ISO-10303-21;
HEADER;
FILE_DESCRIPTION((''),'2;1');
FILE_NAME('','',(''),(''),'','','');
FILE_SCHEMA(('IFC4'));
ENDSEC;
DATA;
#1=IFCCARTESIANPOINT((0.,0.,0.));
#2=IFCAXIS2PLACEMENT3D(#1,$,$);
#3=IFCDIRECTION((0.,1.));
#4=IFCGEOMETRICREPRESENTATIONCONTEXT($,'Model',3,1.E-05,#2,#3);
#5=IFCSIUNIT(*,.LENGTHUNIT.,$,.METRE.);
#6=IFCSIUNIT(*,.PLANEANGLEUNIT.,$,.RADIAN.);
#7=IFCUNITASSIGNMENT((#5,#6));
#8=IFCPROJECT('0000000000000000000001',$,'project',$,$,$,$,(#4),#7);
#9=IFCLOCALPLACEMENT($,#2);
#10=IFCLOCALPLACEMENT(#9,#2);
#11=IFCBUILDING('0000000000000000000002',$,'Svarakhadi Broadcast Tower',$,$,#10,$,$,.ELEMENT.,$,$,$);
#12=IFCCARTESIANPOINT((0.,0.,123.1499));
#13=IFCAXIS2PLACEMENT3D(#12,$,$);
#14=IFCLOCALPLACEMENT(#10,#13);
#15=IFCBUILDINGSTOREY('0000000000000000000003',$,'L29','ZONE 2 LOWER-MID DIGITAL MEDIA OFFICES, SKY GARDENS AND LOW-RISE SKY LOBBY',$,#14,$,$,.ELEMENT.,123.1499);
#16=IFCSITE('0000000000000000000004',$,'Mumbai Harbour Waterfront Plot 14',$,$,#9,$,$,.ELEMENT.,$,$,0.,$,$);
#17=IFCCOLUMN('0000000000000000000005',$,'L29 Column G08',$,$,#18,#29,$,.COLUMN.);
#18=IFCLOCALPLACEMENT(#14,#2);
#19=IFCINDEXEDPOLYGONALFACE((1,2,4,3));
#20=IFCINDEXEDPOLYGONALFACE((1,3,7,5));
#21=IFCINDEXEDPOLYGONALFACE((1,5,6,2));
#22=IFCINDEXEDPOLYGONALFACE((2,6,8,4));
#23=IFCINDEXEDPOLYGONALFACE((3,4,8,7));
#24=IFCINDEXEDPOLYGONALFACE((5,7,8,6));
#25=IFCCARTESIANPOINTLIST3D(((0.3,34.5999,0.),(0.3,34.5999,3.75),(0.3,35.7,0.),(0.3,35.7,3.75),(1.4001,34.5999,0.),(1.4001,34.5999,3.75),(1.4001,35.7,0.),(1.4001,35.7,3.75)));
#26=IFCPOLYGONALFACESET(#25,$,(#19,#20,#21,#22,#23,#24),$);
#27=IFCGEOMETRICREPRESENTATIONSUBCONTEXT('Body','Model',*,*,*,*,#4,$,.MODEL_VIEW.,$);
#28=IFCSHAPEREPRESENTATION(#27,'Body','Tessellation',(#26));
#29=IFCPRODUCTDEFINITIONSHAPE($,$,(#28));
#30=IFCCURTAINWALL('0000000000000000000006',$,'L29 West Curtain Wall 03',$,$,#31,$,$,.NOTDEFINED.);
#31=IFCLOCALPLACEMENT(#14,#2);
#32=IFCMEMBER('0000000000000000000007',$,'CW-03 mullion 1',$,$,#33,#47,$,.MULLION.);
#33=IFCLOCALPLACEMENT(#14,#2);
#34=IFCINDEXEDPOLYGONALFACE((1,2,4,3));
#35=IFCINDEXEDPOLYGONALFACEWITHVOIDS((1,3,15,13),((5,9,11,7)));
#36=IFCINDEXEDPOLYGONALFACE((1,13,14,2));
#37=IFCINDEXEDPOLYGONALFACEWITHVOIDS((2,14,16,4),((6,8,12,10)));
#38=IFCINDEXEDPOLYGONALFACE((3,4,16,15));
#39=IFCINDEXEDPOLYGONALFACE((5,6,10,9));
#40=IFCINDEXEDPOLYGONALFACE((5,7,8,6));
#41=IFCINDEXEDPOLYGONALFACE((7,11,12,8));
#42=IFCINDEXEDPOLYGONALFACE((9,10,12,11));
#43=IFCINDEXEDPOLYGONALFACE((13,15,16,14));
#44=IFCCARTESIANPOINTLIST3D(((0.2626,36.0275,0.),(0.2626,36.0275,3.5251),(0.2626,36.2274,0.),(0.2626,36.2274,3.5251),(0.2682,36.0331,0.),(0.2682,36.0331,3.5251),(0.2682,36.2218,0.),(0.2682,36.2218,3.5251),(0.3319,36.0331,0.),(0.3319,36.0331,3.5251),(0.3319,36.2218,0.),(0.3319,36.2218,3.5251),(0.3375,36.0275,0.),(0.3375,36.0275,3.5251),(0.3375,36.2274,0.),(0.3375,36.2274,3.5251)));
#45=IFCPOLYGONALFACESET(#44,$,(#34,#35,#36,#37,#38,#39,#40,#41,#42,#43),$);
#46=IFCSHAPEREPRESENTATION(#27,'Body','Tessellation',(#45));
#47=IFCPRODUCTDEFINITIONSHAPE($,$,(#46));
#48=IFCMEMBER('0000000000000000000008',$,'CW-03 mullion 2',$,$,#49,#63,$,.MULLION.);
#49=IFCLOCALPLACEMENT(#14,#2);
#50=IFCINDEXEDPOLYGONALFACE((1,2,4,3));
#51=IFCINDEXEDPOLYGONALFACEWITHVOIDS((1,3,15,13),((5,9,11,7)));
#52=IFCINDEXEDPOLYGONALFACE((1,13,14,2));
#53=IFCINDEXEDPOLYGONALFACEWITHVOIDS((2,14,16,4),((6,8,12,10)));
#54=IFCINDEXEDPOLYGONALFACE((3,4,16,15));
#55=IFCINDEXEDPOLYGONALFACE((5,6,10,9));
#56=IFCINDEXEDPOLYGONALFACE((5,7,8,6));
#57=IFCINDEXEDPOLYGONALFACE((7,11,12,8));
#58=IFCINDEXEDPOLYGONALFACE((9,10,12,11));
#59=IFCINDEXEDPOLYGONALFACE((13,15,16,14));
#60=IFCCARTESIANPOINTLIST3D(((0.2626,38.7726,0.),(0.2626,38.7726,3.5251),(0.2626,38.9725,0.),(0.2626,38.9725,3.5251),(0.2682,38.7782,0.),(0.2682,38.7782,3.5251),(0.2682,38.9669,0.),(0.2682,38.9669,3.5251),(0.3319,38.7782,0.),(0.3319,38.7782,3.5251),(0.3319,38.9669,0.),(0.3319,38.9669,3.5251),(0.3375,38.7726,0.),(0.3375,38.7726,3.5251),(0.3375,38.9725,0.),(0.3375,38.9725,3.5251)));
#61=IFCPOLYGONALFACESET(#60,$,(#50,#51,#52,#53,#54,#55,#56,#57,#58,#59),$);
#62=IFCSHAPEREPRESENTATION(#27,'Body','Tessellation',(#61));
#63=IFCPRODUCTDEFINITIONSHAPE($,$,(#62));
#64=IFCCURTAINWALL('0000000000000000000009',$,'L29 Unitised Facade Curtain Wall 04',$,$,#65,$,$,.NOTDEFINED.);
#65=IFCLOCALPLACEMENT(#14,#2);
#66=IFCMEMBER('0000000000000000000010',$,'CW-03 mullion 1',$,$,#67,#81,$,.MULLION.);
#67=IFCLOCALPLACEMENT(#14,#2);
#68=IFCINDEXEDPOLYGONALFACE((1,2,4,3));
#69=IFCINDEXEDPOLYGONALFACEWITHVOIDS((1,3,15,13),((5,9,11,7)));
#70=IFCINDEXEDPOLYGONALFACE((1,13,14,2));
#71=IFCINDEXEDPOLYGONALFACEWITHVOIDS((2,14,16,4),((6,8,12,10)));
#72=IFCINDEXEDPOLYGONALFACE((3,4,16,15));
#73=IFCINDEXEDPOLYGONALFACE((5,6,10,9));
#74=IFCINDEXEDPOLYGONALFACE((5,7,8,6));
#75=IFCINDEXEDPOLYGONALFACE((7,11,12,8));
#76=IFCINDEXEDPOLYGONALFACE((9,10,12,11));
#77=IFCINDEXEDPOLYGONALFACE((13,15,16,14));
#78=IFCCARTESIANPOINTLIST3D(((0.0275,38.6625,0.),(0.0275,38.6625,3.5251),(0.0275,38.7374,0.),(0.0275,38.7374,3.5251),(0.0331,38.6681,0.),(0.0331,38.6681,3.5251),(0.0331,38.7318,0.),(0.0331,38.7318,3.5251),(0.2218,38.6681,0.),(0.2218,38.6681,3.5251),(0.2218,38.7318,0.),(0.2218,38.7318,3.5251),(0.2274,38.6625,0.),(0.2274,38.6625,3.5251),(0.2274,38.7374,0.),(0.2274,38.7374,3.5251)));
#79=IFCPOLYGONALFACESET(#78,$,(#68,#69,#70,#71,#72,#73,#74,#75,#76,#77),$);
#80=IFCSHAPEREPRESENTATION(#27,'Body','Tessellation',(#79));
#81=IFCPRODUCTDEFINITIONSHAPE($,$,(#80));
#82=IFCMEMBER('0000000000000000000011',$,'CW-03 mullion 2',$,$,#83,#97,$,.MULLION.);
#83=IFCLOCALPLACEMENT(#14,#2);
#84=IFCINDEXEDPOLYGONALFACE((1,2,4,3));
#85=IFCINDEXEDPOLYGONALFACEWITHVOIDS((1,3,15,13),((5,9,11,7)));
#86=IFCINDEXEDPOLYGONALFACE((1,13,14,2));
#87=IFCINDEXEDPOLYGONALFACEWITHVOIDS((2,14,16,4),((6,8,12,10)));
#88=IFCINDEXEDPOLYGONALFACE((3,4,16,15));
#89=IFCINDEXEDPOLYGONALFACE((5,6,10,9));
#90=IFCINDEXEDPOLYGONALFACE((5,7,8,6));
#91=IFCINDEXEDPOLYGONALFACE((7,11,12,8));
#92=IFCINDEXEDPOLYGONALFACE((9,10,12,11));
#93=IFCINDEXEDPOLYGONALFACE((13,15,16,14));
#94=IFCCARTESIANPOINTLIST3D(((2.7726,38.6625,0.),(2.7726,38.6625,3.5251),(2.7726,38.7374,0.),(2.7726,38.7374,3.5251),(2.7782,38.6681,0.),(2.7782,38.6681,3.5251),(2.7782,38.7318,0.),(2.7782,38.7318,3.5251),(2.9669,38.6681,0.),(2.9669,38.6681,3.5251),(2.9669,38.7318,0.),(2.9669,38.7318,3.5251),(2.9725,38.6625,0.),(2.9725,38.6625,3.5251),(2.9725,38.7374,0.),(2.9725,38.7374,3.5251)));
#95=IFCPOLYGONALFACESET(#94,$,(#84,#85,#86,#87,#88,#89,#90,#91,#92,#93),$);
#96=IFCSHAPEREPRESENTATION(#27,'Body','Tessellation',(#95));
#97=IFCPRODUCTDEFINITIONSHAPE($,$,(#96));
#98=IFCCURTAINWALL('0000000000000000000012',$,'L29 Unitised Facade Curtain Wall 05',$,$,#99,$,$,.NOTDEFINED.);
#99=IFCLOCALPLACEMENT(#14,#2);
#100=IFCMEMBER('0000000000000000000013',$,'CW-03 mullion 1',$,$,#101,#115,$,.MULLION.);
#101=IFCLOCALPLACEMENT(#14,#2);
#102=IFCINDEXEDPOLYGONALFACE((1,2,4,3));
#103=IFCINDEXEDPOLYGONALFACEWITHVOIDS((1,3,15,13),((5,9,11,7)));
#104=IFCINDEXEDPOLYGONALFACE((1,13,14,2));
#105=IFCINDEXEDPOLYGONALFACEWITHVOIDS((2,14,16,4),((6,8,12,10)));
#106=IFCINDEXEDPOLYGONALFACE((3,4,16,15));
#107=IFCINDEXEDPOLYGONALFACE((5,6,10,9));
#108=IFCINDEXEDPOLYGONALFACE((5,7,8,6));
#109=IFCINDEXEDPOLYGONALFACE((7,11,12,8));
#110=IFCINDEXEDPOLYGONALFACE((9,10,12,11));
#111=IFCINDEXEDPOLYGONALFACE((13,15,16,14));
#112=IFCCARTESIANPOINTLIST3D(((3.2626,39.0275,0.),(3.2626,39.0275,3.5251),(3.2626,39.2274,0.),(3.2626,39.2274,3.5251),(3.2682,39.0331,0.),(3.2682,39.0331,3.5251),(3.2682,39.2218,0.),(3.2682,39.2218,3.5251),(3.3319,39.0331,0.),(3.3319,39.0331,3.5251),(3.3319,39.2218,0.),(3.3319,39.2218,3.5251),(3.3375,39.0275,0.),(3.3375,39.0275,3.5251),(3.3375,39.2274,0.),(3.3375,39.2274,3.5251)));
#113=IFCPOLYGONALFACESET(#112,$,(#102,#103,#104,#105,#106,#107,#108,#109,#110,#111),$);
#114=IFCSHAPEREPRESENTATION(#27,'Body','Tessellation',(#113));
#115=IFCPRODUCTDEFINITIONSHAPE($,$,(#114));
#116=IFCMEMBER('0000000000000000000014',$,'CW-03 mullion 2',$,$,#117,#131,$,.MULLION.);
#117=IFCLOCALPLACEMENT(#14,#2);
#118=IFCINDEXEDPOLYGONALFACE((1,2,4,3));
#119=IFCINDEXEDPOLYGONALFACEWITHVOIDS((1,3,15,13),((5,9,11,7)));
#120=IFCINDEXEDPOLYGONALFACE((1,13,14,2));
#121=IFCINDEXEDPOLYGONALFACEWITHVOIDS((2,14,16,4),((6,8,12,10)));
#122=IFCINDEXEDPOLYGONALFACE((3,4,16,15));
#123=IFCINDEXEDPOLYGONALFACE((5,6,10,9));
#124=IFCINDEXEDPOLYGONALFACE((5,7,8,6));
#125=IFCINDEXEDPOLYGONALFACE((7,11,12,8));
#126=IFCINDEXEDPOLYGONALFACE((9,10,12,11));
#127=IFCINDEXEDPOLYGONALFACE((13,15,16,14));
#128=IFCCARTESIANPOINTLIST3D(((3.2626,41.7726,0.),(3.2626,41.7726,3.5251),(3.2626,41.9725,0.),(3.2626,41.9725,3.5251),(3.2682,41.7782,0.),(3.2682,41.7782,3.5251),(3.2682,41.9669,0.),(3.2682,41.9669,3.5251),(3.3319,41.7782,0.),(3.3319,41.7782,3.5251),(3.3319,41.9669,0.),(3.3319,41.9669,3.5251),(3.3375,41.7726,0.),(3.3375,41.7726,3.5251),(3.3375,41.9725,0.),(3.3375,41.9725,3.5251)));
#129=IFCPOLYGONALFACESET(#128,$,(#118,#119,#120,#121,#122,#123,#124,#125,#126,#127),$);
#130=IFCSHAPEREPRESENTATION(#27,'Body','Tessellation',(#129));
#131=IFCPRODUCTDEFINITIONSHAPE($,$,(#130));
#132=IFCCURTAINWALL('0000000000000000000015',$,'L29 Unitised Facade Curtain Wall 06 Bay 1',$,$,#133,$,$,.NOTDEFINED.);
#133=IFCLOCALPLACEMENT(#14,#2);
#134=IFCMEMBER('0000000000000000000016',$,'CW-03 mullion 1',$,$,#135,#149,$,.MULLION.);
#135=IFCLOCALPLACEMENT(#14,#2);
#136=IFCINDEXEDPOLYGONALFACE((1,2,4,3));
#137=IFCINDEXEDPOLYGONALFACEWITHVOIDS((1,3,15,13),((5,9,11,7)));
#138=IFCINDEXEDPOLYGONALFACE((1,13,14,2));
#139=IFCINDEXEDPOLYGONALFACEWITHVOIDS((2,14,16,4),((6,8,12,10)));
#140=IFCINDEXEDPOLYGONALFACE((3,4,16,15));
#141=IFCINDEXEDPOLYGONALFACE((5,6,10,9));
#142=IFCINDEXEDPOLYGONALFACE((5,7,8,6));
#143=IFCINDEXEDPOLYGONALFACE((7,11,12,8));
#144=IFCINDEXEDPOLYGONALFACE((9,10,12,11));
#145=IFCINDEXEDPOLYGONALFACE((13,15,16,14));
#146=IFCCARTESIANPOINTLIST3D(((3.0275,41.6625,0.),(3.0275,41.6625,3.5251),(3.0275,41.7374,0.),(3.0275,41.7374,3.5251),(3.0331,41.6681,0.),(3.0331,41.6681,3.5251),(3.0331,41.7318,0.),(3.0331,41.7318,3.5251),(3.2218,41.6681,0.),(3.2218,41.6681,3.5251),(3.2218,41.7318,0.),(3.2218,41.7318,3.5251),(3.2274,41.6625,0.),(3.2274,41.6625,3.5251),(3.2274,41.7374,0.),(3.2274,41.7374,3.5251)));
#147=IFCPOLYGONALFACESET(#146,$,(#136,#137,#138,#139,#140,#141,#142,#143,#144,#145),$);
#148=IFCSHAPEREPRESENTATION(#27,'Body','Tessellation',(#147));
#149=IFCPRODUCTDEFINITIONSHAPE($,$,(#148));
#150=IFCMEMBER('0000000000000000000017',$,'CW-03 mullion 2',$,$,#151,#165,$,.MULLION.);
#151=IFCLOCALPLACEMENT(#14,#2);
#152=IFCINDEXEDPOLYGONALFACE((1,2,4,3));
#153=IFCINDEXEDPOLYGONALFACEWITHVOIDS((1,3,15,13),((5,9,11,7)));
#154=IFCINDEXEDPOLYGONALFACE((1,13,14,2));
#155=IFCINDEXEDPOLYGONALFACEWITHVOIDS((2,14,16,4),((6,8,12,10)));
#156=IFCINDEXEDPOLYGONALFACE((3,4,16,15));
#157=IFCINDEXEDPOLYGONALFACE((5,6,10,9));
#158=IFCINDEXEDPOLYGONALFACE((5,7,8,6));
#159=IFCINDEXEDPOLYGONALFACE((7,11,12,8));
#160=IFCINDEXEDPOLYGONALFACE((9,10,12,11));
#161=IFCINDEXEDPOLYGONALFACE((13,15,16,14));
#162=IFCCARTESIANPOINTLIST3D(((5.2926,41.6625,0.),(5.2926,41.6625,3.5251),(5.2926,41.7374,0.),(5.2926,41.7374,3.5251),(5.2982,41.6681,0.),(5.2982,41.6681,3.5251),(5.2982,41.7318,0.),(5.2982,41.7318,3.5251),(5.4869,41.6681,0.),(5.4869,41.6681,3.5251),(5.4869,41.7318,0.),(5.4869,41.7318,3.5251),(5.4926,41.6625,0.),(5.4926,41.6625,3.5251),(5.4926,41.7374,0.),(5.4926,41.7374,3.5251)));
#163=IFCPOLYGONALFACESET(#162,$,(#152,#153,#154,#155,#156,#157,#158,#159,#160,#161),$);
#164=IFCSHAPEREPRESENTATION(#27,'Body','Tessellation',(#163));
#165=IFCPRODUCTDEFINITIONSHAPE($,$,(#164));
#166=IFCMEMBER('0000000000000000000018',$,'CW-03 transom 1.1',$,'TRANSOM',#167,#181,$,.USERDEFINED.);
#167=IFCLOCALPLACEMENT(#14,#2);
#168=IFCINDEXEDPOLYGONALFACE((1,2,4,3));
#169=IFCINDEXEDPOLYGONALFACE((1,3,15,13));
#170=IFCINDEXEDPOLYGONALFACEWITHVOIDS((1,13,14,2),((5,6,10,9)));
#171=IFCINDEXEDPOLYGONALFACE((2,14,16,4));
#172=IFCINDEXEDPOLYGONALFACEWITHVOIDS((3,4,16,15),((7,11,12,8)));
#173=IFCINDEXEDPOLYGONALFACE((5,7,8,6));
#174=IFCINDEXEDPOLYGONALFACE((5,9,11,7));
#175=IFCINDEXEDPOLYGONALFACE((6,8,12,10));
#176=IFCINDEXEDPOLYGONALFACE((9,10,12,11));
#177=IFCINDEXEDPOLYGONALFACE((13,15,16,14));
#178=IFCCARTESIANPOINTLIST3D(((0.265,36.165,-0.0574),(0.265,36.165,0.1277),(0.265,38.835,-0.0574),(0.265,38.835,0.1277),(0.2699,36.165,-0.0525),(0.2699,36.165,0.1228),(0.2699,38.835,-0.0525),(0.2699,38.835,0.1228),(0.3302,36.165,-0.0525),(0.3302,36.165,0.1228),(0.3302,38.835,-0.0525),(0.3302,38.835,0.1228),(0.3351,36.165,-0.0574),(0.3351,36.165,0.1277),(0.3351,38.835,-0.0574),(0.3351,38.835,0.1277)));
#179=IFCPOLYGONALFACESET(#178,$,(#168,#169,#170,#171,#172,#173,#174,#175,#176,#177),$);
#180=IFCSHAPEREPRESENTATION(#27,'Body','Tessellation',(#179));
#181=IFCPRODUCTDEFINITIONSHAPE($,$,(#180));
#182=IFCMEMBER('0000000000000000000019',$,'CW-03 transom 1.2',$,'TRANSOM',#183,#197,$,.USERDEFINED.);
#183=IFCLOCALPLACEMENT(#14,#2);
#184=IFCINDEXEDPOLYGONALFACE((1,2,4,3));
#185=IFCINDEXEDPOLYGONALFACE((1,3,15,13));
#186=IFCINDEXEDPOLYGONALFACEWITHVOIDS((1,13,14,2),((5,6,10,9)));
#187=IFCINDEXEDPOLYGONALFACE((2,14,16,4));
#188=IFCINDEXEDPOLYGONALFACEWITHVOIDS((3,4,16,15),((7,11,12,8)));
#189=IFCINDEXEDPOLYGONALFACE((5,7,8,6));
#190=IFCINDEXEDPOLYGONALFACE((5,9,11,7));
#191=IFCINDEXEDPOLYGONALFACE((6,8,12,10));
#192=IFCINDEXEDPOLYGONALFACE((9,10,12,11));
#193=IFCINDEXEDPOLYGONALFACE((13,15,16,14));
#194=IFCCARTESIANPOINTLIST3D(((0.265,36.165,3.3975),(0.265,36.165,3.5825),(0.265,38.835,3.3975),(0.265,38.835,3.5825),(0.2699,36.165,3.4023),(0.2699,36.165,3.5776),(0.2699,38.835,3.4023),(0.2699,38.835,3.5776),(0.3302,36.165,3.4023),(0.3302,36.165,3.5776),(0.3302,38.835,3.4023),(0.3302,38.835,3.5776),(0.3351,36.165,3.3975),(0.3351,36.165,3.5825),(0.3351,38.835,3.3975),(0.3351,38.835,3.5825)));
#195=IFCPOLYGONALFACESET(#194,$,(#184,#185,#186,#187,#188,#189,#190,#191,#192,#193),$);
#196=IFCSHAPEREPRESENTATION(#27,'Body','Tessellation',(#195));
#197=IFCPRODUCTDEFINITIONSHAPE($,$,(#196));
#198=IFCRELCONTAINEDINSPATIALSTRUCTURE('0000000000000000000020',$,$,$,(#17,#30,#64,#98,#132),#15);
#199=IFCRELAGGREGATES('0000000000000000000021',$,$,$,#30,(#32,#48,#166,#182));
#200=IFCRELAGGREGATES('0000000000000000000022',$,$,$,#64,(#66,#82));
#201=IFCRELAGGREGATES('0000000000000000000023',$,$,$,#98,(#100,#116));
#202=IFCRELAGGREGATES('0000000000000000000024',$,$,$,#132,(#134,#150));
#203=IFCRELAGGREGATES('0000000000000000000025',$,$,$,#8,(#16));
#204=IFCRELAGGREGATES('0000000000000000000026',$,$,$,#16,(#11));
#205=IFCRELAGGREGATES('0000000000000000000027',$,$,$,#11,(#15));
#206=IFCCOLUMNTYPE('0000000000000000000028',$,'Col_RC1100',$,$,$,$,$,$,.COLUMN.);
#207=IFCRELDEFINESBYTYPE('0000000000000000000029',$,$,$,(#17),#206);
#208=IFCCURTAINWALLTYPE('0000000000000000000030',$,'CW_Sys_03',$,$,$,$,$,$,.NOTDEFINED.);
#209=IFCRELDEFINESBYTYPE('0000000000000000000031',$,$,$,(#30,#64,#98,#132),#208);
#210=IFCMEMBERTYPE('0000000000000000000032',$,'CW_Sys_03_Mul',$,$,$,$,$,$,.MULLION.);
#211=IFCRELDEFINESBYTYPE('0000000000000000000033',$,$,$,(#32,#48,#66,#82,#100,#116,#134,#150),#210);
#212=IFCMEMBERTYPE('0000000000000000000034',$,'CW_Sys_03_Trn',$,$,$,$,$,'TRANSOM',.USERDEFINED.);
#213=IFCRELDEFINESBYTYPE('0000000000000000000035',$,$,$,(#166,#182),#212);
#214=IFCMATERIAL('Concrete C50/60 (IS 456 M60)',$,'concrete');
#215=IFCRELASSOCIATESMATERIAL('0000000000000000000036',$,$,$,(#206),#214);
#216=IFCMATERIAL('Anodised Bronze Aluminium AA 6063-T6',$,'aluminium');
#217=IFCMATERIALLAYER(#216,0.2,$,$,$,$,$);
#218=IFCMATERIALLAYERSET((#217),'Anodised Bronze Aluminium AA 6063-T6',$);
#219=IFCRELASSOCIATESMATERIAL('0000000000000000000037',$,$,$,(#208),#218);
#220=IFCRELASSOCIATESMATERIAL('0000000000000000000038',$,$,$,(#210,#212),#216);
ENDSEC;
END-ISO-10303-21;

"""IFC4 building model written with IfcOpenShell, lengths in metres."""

from ifc_helpers import new_model, si_unit, direction, frame, origin, origin_2d, place, context, subcontext, project, spatial, rectangle, hollow_rectangle, extrude, material, layer, layer_set, material_profile, profile_set, type_object, element, aggregate, save


model = new_model("IFC4")

# Units and contexts
model_context = context("Model", 3, precision=1e-05, world=origin(), true_north=direction((0.0, 1.0)))
body_context = subcontext(model_context, "Body", "Model", "MODEL_VIEW")
ifc_project = project(units=[si_unit("LENGTHUNIT", "METRE"), si_unit("PLANEANGLEUNIT", "RADIAN")], contexts=[model_context])

# Site, building, storey
site_placement = place(None, origin())
site = spatial("IfcSite", under=ifc_project, at=site_placement, Name="Mumbai Harbour Waterfront Plot 14", CompositionType="ELEMENT", RefElevation=0.0)
building_placement = place(site_placement, origin())
building = spatial("IfcBuilding", under=site, at=building_placement, Name="Svarakhadi Broadcast Tower", CompositionType="ELEMENT")
storey_placement = place(building_placement, frame((0.0, 0.0, 123.1499)))
storey = spatial("IfcBuildingStorey", under=building, at=storey_placement, Name="L29", Description="ZONE 2 LOWER-MID DIGITAL MEDIA OFFICES, SKY GARDENS AND LOW-RISE SKY LOBBY", CompositionType="ELEMENT", Elevation=123.1499)

# Column
ifc_material_1 = material(Name="Concrete C50/60 (IS 456 M60)", Category="concrete")
ifc_material_profile_1 = material_profile(ifc_material_1, rectangle(XDim=1.1001, YDim=1.1001, at=origin_2d()), Name="RC 1100x1100")
ifc_profile_set_1 = profile_set([ifc_material_profile_1], Name="Concrete C50/60 (IS 456 M60)")
column_type = type_object("IfcColumnType", Name="Col_RC1100", PredefinedType="COLUMN", material=ifc_profile_set_1)
column_placement = place(storey_placement, frame((0.8501, 35.1499, 0.0), z_axis=(0.0, 0.0, 1.0), x_axis=(1.0, 0.0, 0.0)))
element("IfcColumn", 1, at=column_placement, inside=storey, type_object=column_type, Name="L29 Column G08", PredefinedType="COLUMN", context=body_context, shape_type="SweptSolid", body=[
    extrude(rectangle(XDim=1.1001, YDim=1.1001, at=origin_2d()), origin(), (0.0, 0.0, 1.0), 3.75),
])

# Curtain walls, members
ifc_material_2 = material(Name="Anodised Bronze Aluminium AA 6063-T6", Category="aluminium")
ifc_layer_1 = layer(ifc_material_2, 0.2)
ifc_layer_set_1 = layer_set([ifc_layer_1], Name="Anodised Bronze Aluminium AA 6063-T6")
curtain_wall_type = type_object("IfcCurtainWallType", Name="CW_Sys_03", PredefinedType="NOTDEFINED", material=ifc_layer_set_1)
curtain_wall_1_placement = place(storey_placement, origin())
curtain_wall_1 = element("IfcCurtainWall", 2, at=curtain_wall_1_placement, inside=storey, type_object=curtain_wall_type, Name="L29 West Curtain Wall 03", PredefinedType="NOTDEFINED")
ifc_material_profile_2 = material_profile(ifc_material_2, hollow_rectangle(XDim=0.075, YDim=0.2, WallThickness=0.0056, at=origin_2d()), Name="ALU MULLION 200x75x6")
ifc_profile_set_2 = profile_set([ifc_material_profile_2], Name="Anodised Bronze Aluminium AA 6063-T6")
member_type_1 = type_object("IfcMemberType", Name="CW_Sys_03_Mul", PredefinedType="MULLION", material=ifc_profile_set_2)
member_1_placement = place(storey_placement, frame((0.3, 36.1274, 0.0), z_axis=(0.0, 0.0, 1.0), x_axis=(-1.0, 0.0, 0.0)))
member_1 = element("IfcMember", 3, at=member_1_placement, type_object=member_type_1, Name="CW-03 mullion 1", PredefinedType="MULLION", context=body_context, shape_type="SweptSolid", body=[
    extrude(hollow_rectangle(XDim=0.075, YDim=0.2, WallThickness=0.0056, at=origin_2d()), origin(), (0.0, 0.0, 1.0), 3.5251),
])
member_2_placement = place(storey_placement, frame((0.3, 38.8726, 0.0), z_axis=(0.0, 0.0, 1.0), x_axis=(-1.0, 0.0, 0.0)))
member_2 = element("IfcMember", 4, at=member_2_placement, type_object=member_type_1, Name="CW-03 mullion 2", PredefinedType="MULLION", context=body_context, shape_type="SweptSolid", body=[
    extrude(hollow_rectangle(XDim=0.075, YDim=0.2, WallThickness=0.0056, at=origin_2d()), origin(), (0.0, 0.0, 1.0), 3.5251),
])
curtain_wall_2_placement = place(storey_placement, origin())
curtain_wall_2 = element("IfcCurtainWall", 5, at=curtain_wall_2_placement, inside=storey, type_object=curtain_wall_type, Name="L29 Unitised Facade Curtain Wall 04", PredefinedType="NOTDEFINED")
member_3_placement = place(storey_placement, frame((0.1274, 38.7, 0.0), z_axis=(0.0, 0.0, 1.0), x_axis=(0.0, 1.0, 0.0)))
member_3 = element("IfcMember", 6, at=member_3_placement, type_object=member_type_1, Name="CW-03 mullion 1", PredefinedType="MULLION", context=body_context, shape_type="SweptSolid", body=[
    extrude(hollow_rectangle(XDim=0.075, YDim=0.2, WallThickness=0.0056, at=origin_2d()), origin(), (0.0, 0.0, 1.0), 3.5251),
])
member_4_placement = place(storey_placement, frame((2.8726, 38.7, 0.0), z_axis=(0.0, 0.0, 1.0), x_axis=(0.0, 1.0, 0.0)))
member_4 = element("IfcMember", 7, at=member_4_placement, type_object=member_type_1, Name="CW-03 mullion 2", PredefinedType="MULLION", context=body_context, shape_type="SweptSolid", body=[
    extrude(hollow_rectangle(XDim=0.075, YDim=0.2, WallThickness=0.0056, at=origin_2d()), origin(), (0.0, 0.0, 1.0), 3.5251),
])
curtain_wall_3_placement = place(storey_placement, origin())
curtain_wall_3 = element("IfcCurtainWall", 8, at=curtain_wall_3_placement, inside=storey, type_object=curtain_wall_type, Name="L29 Unitised Facade Curtain Wall 05", PredefinedType="NOTDEFINED")
member_5_placement = place(storey_placement, frame((3.3, 39.1274, 0.0), z_axis=(0.0, 0.0, 1.0), x_axis=(-1.0, 0.0, 0.0)))
member_5 = element("IfcMember", 9, at=member_5_placement, type_object=member_type_1, Name="CW-03 mullion 1", PredefinedType="MULLION", context=body_context, shape_type="SweptSolid", body=[
    extrude(hollow_rectangle(XDim=0.075, YDim=0.2, WallThickness=0.0056, at=origin_2d()), origin(), (0.0, 0.0, 1.0), 3.5251),
])
member_6_placement = place(storey_placement, frame((3.3, 41.8726, 0.0), z_axis=(0.0, 0.0, 1.0), x_axis=(-1.0, 0.0, 0.0)))
member_6 = element("IfcMember", 10, at=member_6_placement, type_object=member_type_1, Name="CW-03 mullion 2", PredefinedType="MULLION", context=body_context, shape_type="SweptSolid", body=[
    extrude(hollow_rectangle(XDim=0.075, YDim=0.2, WallThickness=0.0056, at=origin_2d()), origin(), (0.0, 0.0, 1.0), 3.5251),
])
curtain_wall_4_placement = place(storey_placement, origin())
curtain_wall_4 = element("IfcCurtainWall", 11, at=curtain_wall_4_placement, inside=storey, type_object=curtain_wall_type, Name="L29 Unitised Facade Curtain Wall 06 Bay 1", PredefinedType="NOTDEFINED")
member_7_placement = place(storey_placement, frame((3.1274, 41.7, 0.0), z_axis=(0.0, 0.0, 1.0), x_axis=(0.0, 1.0, 0.0)))
member_7 = element("IfcMember", 12, at=member_7_placement, type_object=member_type_1, Name="CW-03 mullion 1", PredefinedType="MULLION", context=body_context, shape_type="SweptSolid", body=[
    extrude(hollow_rectangle(XDim=0.075, YDim=0.2, WallThickness=0.0056, at=origin_2d()), origin(), (0.0, 0.0, 1.0), 3.5251),
])
member_8_placement = place(storey_placement, frame((5.3926, 41.7, 0.0), z_axis=(0.0, 0.0, 1.0), x_axis=(0.0, 1.0, 0.0)))
member_8 = element("IfcMember", 13, at=member_8_placement, type_object=member_type_1, Name="CW-03 mullion 2", PredefinedType="MULLION", context=body_context, shape_type="SweptSolid", body=[
    extrude(hollow_rectangle(XDim=0.075, YDim=0.2, WallThickness=0.0056, at=origin_2d()), origin(), (0.0, 0.0, 1.0), 3.5251),
])

# Members
ifc_material_profile_3 = material_profile(ifc_material_2, hollow_rectangle(XDim=0.0701, YDim=0.1851, WallThickness=0.0049, at=origin_2d()), Name="ALU TRANSOM 185x70x5")
ifc_profile_set_3 = profile_set([ifc_material_profile_3], Name="Anodised Bronze Aluminium AA 6063-T6")
member_type_2 = type_object("IfcMemberType", Name="CW_Sys_03_Trn", ElementType="TRANSOM", PredefinedType="USERDEFINED", material=ifc_profile_set_3)
member_9_placement = place(storey_placement, frame((0.3, 36.165, 0.0352), z_axis=(0.0, 1.0, 0.0), x_axis=(-1.0, 0.0, 0.0)))
member_9 = element("IfcMember", 14, at=member_9_placement, type_object=member_type_2, Name="CW-03 transom 1.1", ObjectType="TRANSOM", PredefinedType="USERDEFINED", context=body_context, shape_type="SweptSolid", body=[
    extrude(hollow_rectangle(XDim=0.0701, YDim=0.1851, WallThickness=0.0049, at=origin_2d()), origin(), (0.0, 0.0, 1.0), 2.6699),
])
member_10_placement = place(storey_placement, frame((0.3, 36.165, 3.49), z_axis=(0.0, 1.0, 0.0), x_axis=(-1.0, 0.0, 0.0)))
member_10 = element("IfcMember", 15, at=member_10_placement, type_object=member_type_2, Name="CW-03 transom 1.2", ObjectType="TRANSOM", PredefinedType="USERDEFINED", context=body_context, shape_type="SweptSolid", body=[
    extrude(hollow_rectangle(XDim=0.0701, YDim=0.1851, WallThickness=0.0049, at=origin_2d()), origin(), (0.0, 0.0, 1.0), 2.6699),
])

aggregate(curtain_wall_1, [member_1, member_2, member_9, member_10])
aggregate(curtain_wall_2, [member_3, member_4])
aggregate(curtain_wall_3, [member_5, member_6])
aggregate(curtain_wall_4, [member_7, member_8])

save(model, "model.ifc")
